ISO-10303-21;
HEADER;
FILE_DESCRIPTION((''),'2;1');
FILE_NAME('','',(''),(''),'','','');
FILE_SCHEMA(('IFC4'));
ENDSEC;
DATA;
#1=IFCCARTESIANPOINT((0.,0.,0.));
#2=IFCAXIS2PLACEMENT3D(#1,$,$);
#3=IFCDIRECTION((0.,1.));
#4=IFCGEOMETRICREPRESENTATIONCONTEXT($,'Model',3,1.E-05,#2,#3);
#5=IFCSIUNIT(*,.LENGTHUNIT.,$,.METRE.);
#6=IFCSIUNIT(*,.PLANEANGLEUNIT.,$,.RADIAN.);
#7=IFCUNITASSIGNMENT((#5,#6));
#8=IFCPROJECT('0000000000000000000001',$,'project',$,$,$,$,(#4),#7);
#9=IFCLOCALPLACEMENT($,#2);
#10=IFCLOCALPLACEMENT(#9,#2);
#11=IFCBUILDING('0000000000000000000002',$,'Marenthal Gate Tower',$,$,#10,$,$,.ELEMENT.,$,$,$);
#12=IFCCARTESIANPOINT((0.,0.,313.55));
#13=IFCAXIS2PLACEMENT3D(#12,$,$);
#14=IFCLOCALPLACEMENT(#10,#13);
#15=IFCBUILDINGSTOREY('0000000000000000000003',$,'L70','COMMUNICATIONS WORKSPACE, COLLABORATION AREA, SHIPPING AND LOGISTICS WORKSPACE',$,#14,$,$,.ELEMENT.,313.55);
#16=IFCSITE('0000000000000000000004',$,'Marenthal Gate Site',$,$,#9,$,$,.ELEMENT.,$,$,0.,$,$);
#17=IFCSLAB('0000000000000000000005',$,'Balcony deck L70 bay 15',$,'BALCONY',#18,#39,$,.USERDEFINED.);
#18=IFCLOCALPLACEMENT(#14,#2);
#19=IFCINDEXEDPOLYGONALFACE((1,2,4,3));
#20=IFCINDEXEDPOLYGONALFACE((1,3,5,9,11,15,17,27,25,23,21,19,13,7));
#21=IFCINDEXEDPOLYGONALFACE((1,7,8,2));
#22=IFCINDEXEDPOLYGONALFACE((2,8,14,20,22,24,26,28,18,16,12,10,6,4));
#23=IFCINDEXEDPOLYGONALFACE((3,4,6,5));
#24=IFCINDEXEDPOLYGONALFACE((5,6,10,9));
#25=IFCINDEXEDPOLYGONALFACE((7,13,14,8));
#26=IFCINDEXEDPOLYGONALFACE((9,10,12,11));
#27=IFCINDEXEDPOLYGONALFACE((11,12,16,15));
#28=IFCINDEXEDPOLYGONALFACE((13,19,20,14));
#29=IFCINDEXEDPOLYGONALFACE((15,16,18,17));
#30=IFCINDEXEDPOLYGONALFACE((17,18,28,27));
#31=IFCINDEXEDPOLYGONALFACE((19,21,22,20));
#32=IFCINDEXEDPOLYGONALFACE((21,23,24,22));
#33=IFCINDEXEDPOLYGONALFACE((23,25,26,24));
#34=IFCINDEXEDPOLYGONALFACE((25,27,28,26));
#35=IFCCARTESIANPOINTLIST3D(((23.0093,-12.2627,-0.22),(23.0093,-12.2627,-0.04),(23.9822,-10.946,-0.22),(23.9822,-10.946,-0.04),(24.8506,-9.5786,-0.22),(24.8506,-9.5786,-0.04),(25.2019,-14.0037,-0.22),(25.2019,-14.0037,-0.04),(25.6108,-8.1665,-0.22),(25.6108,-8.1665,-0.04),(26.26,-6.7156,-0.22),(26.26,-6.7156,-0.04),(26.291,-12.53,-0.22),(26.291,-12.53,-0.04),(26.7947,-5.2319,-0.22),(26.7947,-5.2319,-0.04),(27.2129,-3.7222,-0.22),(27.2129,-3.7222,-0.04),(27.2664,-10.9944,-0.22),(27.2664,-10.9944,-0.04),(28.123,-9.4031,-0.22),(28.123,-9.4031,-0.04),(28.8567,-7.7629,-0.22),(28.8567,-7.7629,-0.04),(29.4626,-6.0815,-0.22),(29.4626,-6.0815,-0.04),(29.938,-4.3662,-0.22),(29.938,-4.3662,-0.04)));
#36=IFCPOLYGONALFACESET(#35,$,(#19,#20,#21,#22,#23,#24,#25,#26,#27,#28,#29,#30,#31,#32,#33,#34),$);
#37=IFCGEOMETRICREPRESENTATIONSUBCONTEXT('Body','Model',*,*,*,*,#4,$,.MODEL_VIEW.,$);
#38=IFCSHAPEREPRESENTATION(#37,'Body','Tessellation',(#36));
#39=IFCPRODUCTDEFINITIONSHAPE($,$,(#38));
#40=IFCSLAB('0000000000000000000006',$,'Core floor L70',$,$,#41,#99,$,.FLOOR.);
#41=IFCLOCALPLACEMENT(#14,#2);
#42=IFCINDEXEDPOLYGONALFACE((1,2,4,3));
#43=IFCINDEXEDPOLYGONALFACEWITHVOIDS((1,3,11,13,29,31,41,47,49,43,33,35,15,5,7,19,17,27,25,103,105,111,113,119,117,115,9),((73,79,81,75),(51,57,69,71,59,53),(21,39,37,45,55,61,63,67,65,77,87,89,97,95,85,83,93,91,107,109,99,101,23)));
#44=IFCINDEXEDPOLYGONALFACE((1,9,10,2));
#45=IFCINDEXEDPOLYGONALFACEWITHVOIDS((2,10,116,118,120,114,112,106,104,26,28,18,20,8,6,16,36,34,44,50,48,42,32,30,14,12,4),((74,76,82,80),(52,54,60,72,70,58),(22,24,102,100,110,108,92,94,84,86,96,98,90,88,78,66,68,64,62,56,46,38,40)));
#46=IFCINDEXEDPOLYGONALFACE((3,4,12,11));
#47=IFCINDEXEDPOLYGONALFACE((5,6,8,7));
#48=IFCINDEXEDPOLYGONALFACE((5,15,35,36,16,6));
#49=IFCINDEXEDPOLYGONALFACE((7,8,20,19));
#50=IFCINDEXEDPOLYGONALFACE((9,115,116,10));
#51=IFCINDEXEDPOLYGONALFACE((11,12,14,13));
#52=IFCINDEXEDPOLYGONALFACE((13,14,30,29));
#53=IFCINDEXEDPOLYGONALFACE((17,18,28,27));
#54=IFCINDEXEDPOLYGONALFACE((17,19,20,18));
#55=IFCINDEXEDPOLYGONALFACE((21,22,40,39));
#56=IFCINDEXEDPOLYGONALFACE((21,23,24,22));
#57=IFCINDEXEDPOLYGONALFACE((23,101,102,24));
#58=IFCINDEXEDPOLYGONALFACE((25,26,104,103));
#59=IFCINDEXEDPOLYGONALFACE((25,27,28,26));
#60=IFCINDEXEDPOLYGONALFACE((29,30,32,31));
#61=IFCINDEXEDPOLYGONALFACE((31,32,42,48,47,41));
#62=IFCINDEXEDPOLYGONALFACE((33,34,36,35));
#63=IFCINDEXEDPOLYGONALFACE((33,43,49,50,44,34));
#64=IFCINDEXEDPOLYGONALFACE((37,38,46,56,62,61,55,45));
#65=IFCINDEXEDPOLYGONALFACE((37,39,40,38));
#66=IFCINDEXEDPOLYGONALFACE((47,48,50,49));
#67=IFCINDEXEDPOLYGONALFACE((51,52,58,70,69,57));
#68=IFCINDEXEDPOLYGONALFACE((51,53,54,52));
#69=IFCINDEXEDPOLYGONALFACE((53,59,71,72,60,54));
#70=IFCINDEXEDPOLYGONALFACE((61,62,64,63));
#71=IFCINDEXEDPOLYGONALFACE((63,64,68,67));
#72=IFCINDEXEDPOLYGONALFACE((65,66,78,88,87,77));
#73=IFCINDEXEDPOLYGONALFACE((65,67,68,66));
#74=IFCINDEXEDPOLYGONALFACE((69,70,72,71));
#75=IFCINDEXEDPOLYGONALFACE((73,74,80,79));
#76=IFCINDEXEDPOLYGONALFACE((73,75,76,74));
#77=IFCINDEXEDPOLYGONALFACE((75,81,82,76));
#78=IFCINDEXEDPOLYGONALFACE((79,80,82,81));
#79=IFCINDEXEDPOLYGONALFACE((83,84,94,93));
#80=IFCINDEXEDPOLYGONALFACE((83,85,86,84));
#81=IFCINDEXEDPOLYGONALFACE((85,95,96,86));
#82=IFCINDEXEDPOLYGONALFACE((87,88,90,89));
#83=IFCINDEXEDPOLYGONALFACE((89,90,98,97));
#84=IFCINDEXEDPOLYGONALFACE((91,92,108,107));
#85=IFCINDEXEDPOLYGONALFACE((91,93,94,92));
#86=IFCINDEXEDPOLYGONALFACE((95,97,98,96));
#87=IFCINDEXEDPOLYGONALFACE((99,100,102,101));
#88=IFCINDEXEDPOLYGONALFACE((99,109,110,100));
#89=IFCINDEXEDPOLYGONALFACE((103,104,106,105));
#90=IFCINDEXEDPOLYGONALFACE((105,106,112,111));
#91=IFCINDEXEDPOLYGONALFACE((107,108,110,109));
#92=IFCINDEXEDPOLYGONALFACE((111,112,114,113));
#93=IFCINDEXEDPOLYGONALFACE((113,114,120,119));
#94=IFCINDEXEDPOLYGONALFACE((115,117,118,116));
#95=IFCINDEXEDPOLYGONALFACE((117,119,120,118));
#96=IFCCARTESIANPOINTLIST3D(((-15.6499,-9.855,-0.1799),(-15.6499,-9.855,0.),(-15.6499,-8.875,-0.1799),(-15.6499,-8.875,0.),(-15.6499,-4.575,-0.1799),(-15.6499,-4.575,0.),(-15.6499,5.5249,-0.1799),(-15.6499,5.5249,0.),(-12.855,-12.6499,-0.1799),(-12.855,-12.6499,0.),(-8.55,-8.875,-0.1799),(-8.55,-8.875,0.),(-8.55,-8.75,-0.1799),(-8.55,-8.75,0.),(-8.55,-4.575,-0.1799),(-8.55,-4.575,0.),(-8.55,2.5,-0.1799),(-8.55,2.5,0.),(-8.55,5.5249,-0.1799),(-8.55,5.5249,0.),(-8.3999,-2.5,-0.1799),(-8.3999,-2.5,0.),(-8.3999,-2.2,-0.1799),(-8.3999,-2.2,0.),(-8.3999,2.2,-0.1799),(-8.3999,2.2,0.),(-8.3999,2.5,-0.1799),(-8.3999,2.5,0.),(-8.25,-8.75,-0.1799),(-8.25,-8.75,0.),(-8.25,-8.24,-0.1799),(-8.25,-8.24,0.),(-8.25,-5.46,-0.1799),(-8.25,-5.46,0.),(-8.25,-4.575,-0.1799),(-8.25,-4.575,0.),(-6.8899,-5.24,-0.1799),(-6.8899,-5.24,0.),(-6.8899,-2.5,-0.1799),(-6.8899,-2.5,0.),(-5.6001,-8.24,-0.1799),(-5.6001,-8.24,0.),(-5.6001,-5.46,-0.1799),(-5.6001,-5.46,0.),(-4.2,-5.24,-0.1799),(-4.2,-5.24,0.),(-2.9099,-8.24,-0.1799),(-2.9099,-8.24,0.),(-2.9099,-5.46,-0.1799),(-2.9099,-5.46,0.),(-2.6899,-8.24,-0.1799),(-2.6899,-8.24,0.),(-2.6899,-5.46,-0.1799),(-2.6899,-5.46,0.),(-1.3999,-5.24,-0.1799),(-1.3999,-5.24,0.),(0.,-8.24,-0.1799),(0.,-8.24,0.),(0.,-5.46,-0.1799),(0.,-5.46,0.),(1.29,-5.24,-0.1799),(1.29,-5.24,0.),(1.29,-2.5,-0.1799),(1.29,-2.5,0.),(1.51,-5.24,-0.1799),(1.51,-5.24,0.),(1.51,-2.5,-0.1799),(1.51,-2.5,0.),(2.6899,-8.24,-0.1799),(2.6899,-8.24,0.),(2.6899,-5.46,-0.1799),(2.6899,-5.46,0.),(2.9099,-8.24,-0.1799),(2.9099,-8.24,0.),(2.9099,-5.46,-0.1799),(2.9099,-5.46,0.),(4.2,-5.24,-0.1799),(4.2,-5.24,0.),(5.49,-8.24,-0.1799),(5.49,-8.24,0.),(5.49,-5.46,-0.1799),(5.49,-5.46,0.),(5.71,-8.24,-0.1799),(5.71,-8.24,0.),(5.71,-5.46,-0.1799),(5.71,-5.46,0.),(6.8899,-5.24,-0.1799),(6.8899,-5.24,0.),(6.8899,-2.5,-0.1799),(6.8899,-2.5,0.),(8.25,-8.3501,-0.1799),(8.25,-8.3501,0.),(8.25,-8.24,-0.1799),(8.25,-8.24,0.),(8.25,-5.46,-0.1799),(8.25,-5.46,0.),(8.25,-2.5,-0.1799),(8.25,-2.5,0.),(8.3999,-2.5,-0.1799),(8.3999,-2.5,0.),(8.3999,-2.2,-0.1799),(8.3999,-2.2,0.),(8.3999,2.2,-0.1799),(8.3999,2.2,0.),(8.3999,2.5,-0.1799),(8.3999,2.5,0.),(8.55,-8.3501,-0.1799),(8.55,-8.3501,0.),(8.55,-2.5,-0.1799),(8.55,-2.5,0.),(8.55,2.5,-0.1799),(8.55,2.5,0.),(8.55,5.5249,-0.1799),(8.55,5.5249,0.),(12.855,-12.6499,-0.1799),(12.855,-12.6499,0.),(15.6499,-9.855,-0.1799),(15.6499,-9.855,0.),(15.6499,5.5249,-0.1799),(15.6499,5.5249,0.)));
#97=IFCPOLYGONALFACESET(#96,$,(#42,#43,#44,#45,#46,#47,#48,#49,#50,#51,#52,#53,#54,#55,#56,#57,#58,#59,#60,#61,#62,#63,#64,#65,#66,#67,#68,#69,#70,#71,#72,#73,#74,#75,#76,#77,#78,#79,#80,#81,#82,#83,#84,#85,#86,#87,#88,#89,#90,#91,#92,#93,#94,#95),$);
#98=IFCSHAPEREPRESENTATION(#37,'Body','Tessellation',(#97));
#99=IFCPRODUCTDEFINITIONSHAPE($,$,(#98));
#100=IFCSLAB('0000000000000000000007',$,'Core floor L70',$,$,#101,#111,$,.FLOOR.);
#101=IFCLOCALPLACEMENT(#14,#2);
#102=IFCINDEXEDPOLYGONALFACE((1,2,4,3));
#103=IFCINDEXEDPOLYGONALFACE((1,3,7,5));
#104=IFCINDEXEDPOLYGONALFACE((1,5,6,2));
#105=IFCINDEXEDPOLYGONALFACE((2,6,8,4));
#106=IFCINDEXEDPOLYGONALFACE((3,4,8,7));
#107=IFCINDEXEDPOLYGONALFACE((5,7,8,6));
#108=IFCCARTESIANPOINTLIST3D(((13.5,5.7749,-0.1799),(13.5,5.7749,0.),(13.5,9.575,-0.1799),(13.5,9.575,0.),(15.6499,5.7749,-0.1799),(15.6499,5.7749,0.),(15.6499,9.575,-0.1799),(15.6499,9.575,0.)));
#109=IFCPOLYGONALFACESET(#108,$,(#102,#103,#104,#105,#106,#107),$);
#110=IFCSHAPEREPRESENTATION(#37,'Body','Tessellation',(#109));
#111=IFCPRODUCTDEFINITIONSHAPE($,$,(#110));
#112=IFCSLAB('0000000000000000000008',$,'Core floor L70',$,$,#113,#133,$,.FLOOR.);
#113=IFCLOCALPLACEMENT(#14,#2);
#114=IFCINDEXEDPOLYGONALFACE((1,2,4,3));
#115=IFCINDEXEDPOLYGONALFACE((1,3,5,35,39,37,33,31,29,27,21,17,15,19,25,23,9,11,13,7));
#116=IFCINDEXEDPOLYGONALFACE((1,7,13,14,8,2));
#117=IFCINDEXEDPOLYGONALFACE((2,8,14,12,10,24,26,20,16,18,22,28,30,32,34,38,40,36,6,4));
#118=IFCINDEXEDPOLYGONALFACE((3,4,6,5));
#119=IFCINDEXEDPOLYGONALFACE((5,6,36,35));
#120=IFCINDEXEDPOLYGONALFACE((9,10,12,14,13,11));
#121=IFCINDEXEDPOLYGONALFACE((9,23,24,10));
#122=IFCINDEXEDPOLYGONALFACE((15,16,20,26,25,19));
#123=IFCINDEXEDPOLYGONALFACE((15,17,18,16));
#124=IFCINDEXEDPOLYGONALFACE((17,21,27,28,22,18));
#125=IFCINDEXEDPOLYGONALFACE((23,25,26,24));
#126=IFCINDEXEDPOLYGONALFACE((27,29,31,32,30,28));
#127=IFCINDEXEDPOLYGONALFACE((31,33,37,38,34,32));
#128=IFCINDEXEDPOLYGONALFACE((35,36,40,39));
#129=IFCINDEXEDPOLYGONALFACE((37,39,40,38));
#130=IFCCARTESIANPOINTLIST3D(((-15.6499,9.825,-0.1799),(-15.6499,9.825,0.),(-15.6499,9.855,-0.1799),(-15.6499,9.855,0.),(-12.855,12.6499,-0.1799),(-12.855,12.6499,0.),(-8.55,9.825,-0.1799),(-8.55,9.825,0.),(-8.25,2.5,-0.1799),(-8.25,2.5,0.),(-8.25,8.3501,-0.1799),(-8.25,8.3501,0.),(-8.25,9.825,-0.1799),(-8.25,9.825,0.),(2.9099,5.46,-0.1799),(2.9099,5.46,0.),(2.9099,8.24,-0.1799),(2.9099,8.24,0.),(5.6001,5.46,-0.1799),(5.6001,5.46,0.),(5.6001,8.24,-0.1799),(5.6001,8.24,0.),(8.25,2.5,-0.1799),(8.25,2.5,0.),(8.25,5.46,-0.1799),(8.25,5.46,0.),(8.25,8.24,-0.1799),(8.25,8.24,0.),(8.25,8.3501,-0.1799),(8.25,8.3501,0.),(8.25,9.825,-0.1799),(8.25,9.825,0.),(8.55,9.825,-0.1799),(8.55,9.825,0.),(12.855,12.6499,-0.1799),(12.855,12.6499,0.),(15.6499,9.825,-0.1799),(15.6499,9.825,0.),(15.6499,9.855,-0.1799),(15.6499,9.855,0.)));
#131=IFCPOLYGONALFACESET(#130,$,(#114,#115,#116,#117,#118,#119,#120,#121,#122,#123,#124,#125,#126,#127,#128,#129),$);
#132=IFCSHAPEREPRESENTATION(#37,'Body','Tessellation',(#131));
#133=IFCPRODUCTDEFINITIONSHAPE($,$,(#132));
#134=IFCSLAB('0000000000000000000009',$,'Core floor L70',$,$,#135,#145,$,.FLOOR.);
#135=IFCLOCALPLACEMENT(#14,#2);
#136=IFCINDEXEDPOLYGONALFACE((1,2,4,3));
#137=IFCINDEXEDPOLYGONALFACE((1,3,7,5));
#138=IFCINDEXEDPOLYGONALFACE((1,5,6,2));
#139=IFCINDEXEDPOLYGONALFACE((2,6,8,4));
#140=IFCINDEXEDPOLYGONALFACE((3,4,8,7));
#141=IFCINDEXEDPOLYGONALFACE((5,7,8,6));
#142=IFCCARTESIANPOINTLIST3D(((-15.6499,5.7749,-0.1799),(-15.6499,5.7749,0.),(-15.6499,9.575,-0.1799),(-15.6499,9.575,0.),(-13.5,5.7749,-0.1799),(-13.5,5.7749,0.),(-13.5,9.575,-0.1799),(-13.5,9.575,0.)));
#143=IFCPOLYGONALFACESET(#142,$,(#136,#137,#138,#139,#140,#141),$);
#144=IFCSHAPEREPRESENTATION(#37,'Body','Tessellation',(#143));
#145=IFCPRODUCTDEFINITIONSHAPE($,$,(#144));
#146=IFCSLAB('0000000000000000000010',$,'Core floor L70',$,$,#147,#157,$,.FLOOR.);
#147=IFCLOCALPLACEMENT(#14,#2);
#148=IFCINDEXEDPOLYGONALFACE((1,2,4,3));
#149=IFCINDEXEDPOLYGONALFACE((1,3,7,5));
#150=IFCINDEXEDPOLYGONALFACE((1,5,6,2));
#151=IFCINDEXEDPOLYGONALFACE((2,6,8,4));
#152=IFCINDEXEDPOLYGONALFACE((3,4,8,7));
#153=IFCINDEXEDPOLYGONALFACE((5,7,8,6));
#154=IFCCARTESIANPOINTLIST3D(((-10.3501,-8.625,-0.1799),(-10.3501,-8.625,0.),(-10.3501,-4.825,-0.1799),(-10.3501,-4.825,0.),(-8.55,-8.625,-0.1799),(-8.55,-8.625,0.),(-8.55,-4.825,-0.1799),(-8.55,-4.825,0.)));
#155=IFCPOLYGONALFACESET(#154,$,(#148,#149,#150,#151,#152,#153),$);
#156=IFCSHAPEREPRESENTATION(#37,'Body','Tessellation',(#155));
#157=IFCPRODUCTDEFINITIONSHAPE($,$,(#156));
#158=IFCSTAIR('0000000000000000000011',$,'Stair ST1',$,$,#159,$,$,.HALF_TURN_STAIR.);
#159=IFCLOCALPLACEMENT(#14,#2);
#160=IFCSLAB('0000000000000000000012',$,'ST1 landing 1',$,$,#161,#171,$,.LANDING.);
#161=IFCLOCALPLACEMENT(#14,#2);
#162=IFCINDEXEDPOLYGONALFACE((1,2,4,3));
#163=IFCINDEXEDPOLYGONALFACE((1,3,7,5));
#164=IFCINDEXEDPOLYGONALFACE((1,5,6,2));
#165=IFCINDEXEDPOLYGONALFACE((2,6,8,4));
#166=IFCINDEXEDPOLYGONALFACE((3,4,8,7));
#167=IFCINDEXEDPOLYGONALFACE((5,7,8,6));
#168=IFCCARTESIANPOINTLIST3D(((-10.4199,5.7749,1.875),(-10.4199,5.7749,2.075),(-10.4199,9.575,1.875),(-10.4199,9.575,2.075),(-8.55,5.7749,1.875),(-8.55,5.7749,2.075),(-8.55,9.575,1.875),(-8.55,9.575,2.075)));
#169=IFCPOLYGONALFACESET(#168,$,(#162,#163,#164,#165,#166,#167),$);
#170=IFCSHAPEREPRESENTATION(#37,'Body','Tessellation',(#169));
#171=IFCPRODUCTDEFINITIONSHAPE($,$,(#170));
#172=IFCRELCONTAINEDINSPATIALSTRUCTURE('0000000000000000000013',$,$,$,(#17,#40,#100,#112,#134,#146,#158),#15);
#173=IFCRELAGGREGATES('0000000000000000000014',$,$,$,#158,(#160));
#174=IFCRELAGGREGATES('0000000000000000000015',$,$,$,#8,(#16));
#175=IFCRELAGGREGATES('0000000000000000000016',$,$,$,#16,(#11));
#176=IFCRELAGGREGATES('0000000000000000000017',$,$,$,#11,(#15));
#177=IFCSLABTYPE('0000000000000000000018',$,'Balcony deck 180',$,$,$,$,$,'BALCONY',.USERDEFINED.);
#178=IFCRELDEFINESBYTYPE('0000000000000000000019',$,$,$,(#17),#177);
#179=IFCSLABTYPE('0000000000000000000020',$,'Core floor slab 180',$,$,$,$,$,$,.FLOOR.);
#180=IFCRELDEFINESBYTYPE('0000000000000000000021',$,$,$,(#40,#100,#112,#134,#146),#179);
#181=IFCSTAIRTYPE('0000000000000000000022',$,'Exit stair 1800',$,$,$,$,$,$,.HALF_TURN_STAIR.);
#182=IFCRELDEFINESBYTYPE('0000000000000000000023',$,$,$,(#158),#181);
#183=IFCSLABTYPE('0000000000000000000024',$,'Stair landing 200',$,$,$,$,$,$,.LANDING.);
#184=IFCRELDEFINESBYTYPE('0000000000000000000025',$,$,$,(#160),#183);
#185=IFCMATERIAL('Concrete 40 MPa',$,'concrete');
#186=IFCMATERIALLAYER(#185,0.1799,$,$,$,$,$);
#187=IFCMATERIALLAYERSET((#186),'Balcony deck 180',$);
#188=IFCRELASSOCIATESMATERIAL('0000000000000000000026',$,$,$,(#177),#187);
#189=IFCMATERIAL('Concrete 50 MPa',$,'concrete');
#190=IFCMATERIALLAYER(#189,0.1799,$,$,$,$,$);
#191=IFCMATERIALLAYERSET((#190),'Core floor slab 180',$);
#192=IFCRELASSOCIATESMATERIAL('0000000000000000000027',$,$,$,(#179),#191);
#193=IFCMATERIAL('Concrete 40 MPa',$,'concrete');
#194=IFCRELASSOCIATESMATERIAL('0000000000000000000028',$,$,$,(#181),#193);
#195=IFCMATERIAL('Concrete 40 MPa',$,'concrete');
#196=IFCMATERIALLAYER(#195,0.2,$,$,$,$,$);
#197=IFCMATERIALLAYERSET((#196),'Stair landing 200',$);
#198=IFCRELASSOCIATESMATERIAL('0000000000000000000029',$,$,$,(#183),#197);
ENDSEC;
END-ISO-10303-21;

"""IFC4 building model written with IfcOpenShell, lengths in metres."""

from ifc_helpers import new_model, si_unit, direction, frame, origin, place, context, subcontext, project, spatial, polyline, outline, extrude, material, layer, layer_set, type_object, element, aggregate, save


model = new_model("IFC4")

# Units and contexts
model_context = context("Model", 3, precision=1e-05, world=origin(), true_north=direction((0.0, 1.0)))
body_context = subcontext(model_context, "Body", "Model", "MODEL_VIEW")
ifc_project = project(units=[si_unit("LENGTHUNIT", "METRE"), si_unit("PLANEANGLEUNIT", "RADIAN")], contexts=[model_context])

# Site, building, storey
site_placement = place(None, origin())
site = spatial("IfcSite", under=ifc_project, at=site_placement, Name="Marenthal Gate Site", CompositionType="ELEMENT", RefElevation=0.0)
building_placement = place(site_placement, origin())
building = spatial("IfcBuilding", under=site, at=building_placement, Name="Marenthal Gate Tower", CompositionType="ELEMENT")
storey_placement = place(building_placement, frame((0.0, 0.0, 313.55)))
storey = spatial("IfcBuildingStorey", under=building, at=storey_placement, Name="L70", Description="COMMUNICATIONS WORKSPACE, COLLABORATION AREA, SHIPPING AND LOGISTICS WORKSPACE", CompositionType="ELEMENT", Elevation=313.55)

# Slabs
ifc_material_1 = material(Name="Concrete 40 MPa", Category="concrete")
ifc_layer_1 = layer(ifc_material_1, 0.1799)
ifc_layer_set_1 = layer_set([ifc_layer_1], Name="Balcony deck 180")
slab_type_1 = type_object("IfcSlabType", Name="Balcony deck 180", ElementType="BALCONY", PredefinedType="USERDEFINED", material=ifc_layer_set_1)
slab_1_placement = place(storey_placement, frame((0.0, 0.0, -0.22)))
element("IfcSlab", 1, at=slab_1_placement, inside=storey, type_object=slab_type_1, Name="Balcony deck L70 bay 15", ObjectType="BALCONY", PredefinedType="USERDEFINED", context=body_context, shape_type="SweptSolid", body=[
    extrude(outline(polyline([(23.0093, -12.2627), (23.9822, -10.946), (24.8506, -9.5786), (25.6108, -8.1665), (26.26, -6.7156), (26.7947, -5.2319), (27.2129, -3.7222), (29.938, -4.3662), (29.4626, -6.0815), (28.8567, -7.7629), (28.123, -9.4031), (27.2664, -10.9944), (26.291, -12.53), (25.2019, -14.0037), (23.0093, -12.2627)])), origin(), (0.0, 0.0, 1.0), 0.1799),
])
ifc_material_2 = material(Name="Concrete 50 MPa", Category="concrete")
ifc_layer_2 = layer(ifc_material_2, 0.1799)
ifc_layer_set_2 = layer_set([ifc_layer_2], Name="Core floor slab 180")
slab_type_2 = type_object("IfcSlabType", Name="Core floor slab 180", PredefinedType="FLOOR", material=ifc_layer_set_2)
slab_2_placement = place(storey_placement, frame((0.0, 0.0, -0.1799)))
element("IfcSlab", 2, at=slab_2_placement, inside=storey, type_object=slab_type_2, Name="Core floor L70", PredefinedType="FLOOR", context=body_context, shape_type="SweptSolid", body=[
    extrude(outline(polyline([(12.855, -12.6499), (-12.855, -12.6499), (-15.6499, -9.855), (-15.6499, -8.875), (-8.55, -8.875), (-8.55, -8.75), (-8.25, -8.75), (-8.25, -8.24), (-5.6001, -8.24), (-2.9099, -8.24), (-2.9099, -5.46), (-5.6001, -5.46), (-8.25, -5.46), (-8.25, -4.575), (-8.55, -4.575), (-15.6499, -4.575), (-15.6499, 5.5249), (-8.55, 5.5249), (-8.55, 2.5), (-8.3999, 2.5), (-8.3999, 2.2), (8.3999, 2.2), (8.3999, 2.5), (8.55, 2.5), (8.55, 5.5249), (15.6499, 5.5249), (15.6499, -9.855), (12.855, -12.6499)]), holes=[polyline([(0.0, -8.24), (2.6899, -8.24), (2.6899, -5.46), (0.0, -5.46), (-2.6899, -5.46), (-2.6899, -8.24), (0.0, -8.24)]), polyline([(1.29, -5.24), (1.29, -2.5), (1.51, -2.5), (1.51, -5.24), (4.2, -5.24), (6.8899, -5.24), (6.8899, -2.5), (8.25, -2.5), (8.25, -5.46), (5.71, -5.46), (5.71, -8.24), (8.25, -8.24), (8.25, -8.3501), (8.55, -8.3501), (8.55, -2.5), (8.3999, -2.5), (8.3999, -2.2), (-8.3999, -2.2), (-8.3999, -2.5), (-6.8899, -2.5), (-6.8899, -5.24), (-4.2, -5.24), (-1.3999, -5.24), (1.29, -5.24)]), polyline([(5.49, -5.46), (2.9099, -5.46), (2.9099, -8.24), (5.49, -8.24), (5.49, -5.46)])]), origin(), (0.0, 0.0, 1.0), 0.1799),
])
slab_3_placement = place(storey_placement, frame((0.0, 0.0, -0.1799)))
element("IfcSlab", 3, at=slab_3_placement, inside=storey, type_object=slab_type_2, Name="Core floor L70", PredefinedType="FLOOR", context=body_context, shape_type="SweptSolid", body=[
    extrude(outline(polyline([(15.6499, 5.7749), (13.5, 5.7749), (13.5, 9.575), (15.6499, 9.575), (15.6499, 5.7749)])), origin(), (0.0, 0.0, 1.0), 0.1799),
])
slab_4_placement = place(storey_placement, frame((0.0, 0.0, -0.1799)))
element("IfcSlab", 4, at=slab_4_placement, inside=storey, type_object=slab_type_2, Name="Core floor L70", PredefinedType="FLOOR", context=body_context, shape_type="SweptSolid", body=[
    extrude(outline(polyline([(15.6499, 9.825), (8.55, 9.825), (8.25, 9.825), (8.25, 8.3501), (8.25, 8.24), (5.6001, 8.24), (2.9099, 8.24), (2.9099, 5.46), (5.6001, 5.46), (8.25, 5.46), (8.25, 2.5), (-8.25, 2.5), (-8.25, 8.3501), (-8.25, 9.825), (-8.55, 9.825), (-15.6499, 9.825), (-15.6499, 9.855), (-12.855, 12.6499), (12.855, 12.6499), (15.6499, 9.855), (15.6499, 9.825)])), origin(), (0.0, 0.0, 1.0), 0.1799),
])
slab_5_placement = place(storey_placement, frame((0.0, 0.0, -0.1799)))
element("IfcSlab", 5, at=slab_5_placement, inside=storey, type_object=slab_type_2, Name="Core floor L70", PredefinedType="FLOOR", context=body_context, shape_type="SweptSolid", body=[
    extrude(outline(polyline([(-15.6499, 9.575), (-13.5, 9.575), (-13.5, 5.7749), (-15.6499, 5.7749), (-15.6499, 9.575)])), origin(), (0.0, 0.0, 1.0), 0.1799),
])
slab_6_placement = place(storey_placement, frame((0.0, 0.0, -0.1799)))
element("IfcSlab", 6, at=slab_6_placement, inside=storey, type_object=slab_type_2, Name="Core floor L70", PredefinedType="FLOOR", context=body_context, shape_type="SweptSolid", body=[
    extrude(outline(polyline([(-8.55, -4.825), (-8.55, -8.625), (-10.3501, -8.625), (-10.3501, -4.825), (-8.55, -4.825)])), origin(), (0.0, 0.0, 1.0), 0.1799),
])

# Stair, slab
ifc_material_3 = material(Name="Concrete 40 MPa", Category="concrete")
stair_type = type_object("IfcStairType", Name="Exit stair 1800", PredefinedType="HALF_TURN_STAIR", material=ifc_material_3)
stair_1_placement = place(storey_placement, origin())
stair_1 = element("IfcStair", 7, at=stair_1_placement, inside=storey, type_object=stair_type, Name="Stair ST1", PredefinedType="HALF_TURN_STAIR")
ifc_material_4 = material(Name="Concrete 40 MPa", Category="concrete")
ifc_layer_3 = layer(ifc_material_4, 0.2)
ifc_layer_set_3 = layer_set([ifc_layer_3], Name="Stair landing 200")
slab_type_3 = type_object("IfcSlabType", Name="Stair landing 200", PredefinedType="LANDING", material=ifc_layer_set_3)
slab_7_placement = place(storey_placement, frame((0.0, 0.0, 1.875)))
slab_7 = element("IfcSlab", 8, at=slab_7_placement, type_object=slab_type_3, Name="ST1 landing 1", PredefinedType="LANDING", context=body_context, shape_type="SweptSolid", body=[
    extrude(outline(polyline([(-10.4199, 5.7749), (-8.55, 5.7749), (-8.55, 9.575), (-10.4199, 9.575), (-10.4199, 5.7749)])), origin(), (0.0, 0.0, 1.0), 0.2),
])
aggregate(stair_1, [slab_7])

save(model, "model.ifc")
